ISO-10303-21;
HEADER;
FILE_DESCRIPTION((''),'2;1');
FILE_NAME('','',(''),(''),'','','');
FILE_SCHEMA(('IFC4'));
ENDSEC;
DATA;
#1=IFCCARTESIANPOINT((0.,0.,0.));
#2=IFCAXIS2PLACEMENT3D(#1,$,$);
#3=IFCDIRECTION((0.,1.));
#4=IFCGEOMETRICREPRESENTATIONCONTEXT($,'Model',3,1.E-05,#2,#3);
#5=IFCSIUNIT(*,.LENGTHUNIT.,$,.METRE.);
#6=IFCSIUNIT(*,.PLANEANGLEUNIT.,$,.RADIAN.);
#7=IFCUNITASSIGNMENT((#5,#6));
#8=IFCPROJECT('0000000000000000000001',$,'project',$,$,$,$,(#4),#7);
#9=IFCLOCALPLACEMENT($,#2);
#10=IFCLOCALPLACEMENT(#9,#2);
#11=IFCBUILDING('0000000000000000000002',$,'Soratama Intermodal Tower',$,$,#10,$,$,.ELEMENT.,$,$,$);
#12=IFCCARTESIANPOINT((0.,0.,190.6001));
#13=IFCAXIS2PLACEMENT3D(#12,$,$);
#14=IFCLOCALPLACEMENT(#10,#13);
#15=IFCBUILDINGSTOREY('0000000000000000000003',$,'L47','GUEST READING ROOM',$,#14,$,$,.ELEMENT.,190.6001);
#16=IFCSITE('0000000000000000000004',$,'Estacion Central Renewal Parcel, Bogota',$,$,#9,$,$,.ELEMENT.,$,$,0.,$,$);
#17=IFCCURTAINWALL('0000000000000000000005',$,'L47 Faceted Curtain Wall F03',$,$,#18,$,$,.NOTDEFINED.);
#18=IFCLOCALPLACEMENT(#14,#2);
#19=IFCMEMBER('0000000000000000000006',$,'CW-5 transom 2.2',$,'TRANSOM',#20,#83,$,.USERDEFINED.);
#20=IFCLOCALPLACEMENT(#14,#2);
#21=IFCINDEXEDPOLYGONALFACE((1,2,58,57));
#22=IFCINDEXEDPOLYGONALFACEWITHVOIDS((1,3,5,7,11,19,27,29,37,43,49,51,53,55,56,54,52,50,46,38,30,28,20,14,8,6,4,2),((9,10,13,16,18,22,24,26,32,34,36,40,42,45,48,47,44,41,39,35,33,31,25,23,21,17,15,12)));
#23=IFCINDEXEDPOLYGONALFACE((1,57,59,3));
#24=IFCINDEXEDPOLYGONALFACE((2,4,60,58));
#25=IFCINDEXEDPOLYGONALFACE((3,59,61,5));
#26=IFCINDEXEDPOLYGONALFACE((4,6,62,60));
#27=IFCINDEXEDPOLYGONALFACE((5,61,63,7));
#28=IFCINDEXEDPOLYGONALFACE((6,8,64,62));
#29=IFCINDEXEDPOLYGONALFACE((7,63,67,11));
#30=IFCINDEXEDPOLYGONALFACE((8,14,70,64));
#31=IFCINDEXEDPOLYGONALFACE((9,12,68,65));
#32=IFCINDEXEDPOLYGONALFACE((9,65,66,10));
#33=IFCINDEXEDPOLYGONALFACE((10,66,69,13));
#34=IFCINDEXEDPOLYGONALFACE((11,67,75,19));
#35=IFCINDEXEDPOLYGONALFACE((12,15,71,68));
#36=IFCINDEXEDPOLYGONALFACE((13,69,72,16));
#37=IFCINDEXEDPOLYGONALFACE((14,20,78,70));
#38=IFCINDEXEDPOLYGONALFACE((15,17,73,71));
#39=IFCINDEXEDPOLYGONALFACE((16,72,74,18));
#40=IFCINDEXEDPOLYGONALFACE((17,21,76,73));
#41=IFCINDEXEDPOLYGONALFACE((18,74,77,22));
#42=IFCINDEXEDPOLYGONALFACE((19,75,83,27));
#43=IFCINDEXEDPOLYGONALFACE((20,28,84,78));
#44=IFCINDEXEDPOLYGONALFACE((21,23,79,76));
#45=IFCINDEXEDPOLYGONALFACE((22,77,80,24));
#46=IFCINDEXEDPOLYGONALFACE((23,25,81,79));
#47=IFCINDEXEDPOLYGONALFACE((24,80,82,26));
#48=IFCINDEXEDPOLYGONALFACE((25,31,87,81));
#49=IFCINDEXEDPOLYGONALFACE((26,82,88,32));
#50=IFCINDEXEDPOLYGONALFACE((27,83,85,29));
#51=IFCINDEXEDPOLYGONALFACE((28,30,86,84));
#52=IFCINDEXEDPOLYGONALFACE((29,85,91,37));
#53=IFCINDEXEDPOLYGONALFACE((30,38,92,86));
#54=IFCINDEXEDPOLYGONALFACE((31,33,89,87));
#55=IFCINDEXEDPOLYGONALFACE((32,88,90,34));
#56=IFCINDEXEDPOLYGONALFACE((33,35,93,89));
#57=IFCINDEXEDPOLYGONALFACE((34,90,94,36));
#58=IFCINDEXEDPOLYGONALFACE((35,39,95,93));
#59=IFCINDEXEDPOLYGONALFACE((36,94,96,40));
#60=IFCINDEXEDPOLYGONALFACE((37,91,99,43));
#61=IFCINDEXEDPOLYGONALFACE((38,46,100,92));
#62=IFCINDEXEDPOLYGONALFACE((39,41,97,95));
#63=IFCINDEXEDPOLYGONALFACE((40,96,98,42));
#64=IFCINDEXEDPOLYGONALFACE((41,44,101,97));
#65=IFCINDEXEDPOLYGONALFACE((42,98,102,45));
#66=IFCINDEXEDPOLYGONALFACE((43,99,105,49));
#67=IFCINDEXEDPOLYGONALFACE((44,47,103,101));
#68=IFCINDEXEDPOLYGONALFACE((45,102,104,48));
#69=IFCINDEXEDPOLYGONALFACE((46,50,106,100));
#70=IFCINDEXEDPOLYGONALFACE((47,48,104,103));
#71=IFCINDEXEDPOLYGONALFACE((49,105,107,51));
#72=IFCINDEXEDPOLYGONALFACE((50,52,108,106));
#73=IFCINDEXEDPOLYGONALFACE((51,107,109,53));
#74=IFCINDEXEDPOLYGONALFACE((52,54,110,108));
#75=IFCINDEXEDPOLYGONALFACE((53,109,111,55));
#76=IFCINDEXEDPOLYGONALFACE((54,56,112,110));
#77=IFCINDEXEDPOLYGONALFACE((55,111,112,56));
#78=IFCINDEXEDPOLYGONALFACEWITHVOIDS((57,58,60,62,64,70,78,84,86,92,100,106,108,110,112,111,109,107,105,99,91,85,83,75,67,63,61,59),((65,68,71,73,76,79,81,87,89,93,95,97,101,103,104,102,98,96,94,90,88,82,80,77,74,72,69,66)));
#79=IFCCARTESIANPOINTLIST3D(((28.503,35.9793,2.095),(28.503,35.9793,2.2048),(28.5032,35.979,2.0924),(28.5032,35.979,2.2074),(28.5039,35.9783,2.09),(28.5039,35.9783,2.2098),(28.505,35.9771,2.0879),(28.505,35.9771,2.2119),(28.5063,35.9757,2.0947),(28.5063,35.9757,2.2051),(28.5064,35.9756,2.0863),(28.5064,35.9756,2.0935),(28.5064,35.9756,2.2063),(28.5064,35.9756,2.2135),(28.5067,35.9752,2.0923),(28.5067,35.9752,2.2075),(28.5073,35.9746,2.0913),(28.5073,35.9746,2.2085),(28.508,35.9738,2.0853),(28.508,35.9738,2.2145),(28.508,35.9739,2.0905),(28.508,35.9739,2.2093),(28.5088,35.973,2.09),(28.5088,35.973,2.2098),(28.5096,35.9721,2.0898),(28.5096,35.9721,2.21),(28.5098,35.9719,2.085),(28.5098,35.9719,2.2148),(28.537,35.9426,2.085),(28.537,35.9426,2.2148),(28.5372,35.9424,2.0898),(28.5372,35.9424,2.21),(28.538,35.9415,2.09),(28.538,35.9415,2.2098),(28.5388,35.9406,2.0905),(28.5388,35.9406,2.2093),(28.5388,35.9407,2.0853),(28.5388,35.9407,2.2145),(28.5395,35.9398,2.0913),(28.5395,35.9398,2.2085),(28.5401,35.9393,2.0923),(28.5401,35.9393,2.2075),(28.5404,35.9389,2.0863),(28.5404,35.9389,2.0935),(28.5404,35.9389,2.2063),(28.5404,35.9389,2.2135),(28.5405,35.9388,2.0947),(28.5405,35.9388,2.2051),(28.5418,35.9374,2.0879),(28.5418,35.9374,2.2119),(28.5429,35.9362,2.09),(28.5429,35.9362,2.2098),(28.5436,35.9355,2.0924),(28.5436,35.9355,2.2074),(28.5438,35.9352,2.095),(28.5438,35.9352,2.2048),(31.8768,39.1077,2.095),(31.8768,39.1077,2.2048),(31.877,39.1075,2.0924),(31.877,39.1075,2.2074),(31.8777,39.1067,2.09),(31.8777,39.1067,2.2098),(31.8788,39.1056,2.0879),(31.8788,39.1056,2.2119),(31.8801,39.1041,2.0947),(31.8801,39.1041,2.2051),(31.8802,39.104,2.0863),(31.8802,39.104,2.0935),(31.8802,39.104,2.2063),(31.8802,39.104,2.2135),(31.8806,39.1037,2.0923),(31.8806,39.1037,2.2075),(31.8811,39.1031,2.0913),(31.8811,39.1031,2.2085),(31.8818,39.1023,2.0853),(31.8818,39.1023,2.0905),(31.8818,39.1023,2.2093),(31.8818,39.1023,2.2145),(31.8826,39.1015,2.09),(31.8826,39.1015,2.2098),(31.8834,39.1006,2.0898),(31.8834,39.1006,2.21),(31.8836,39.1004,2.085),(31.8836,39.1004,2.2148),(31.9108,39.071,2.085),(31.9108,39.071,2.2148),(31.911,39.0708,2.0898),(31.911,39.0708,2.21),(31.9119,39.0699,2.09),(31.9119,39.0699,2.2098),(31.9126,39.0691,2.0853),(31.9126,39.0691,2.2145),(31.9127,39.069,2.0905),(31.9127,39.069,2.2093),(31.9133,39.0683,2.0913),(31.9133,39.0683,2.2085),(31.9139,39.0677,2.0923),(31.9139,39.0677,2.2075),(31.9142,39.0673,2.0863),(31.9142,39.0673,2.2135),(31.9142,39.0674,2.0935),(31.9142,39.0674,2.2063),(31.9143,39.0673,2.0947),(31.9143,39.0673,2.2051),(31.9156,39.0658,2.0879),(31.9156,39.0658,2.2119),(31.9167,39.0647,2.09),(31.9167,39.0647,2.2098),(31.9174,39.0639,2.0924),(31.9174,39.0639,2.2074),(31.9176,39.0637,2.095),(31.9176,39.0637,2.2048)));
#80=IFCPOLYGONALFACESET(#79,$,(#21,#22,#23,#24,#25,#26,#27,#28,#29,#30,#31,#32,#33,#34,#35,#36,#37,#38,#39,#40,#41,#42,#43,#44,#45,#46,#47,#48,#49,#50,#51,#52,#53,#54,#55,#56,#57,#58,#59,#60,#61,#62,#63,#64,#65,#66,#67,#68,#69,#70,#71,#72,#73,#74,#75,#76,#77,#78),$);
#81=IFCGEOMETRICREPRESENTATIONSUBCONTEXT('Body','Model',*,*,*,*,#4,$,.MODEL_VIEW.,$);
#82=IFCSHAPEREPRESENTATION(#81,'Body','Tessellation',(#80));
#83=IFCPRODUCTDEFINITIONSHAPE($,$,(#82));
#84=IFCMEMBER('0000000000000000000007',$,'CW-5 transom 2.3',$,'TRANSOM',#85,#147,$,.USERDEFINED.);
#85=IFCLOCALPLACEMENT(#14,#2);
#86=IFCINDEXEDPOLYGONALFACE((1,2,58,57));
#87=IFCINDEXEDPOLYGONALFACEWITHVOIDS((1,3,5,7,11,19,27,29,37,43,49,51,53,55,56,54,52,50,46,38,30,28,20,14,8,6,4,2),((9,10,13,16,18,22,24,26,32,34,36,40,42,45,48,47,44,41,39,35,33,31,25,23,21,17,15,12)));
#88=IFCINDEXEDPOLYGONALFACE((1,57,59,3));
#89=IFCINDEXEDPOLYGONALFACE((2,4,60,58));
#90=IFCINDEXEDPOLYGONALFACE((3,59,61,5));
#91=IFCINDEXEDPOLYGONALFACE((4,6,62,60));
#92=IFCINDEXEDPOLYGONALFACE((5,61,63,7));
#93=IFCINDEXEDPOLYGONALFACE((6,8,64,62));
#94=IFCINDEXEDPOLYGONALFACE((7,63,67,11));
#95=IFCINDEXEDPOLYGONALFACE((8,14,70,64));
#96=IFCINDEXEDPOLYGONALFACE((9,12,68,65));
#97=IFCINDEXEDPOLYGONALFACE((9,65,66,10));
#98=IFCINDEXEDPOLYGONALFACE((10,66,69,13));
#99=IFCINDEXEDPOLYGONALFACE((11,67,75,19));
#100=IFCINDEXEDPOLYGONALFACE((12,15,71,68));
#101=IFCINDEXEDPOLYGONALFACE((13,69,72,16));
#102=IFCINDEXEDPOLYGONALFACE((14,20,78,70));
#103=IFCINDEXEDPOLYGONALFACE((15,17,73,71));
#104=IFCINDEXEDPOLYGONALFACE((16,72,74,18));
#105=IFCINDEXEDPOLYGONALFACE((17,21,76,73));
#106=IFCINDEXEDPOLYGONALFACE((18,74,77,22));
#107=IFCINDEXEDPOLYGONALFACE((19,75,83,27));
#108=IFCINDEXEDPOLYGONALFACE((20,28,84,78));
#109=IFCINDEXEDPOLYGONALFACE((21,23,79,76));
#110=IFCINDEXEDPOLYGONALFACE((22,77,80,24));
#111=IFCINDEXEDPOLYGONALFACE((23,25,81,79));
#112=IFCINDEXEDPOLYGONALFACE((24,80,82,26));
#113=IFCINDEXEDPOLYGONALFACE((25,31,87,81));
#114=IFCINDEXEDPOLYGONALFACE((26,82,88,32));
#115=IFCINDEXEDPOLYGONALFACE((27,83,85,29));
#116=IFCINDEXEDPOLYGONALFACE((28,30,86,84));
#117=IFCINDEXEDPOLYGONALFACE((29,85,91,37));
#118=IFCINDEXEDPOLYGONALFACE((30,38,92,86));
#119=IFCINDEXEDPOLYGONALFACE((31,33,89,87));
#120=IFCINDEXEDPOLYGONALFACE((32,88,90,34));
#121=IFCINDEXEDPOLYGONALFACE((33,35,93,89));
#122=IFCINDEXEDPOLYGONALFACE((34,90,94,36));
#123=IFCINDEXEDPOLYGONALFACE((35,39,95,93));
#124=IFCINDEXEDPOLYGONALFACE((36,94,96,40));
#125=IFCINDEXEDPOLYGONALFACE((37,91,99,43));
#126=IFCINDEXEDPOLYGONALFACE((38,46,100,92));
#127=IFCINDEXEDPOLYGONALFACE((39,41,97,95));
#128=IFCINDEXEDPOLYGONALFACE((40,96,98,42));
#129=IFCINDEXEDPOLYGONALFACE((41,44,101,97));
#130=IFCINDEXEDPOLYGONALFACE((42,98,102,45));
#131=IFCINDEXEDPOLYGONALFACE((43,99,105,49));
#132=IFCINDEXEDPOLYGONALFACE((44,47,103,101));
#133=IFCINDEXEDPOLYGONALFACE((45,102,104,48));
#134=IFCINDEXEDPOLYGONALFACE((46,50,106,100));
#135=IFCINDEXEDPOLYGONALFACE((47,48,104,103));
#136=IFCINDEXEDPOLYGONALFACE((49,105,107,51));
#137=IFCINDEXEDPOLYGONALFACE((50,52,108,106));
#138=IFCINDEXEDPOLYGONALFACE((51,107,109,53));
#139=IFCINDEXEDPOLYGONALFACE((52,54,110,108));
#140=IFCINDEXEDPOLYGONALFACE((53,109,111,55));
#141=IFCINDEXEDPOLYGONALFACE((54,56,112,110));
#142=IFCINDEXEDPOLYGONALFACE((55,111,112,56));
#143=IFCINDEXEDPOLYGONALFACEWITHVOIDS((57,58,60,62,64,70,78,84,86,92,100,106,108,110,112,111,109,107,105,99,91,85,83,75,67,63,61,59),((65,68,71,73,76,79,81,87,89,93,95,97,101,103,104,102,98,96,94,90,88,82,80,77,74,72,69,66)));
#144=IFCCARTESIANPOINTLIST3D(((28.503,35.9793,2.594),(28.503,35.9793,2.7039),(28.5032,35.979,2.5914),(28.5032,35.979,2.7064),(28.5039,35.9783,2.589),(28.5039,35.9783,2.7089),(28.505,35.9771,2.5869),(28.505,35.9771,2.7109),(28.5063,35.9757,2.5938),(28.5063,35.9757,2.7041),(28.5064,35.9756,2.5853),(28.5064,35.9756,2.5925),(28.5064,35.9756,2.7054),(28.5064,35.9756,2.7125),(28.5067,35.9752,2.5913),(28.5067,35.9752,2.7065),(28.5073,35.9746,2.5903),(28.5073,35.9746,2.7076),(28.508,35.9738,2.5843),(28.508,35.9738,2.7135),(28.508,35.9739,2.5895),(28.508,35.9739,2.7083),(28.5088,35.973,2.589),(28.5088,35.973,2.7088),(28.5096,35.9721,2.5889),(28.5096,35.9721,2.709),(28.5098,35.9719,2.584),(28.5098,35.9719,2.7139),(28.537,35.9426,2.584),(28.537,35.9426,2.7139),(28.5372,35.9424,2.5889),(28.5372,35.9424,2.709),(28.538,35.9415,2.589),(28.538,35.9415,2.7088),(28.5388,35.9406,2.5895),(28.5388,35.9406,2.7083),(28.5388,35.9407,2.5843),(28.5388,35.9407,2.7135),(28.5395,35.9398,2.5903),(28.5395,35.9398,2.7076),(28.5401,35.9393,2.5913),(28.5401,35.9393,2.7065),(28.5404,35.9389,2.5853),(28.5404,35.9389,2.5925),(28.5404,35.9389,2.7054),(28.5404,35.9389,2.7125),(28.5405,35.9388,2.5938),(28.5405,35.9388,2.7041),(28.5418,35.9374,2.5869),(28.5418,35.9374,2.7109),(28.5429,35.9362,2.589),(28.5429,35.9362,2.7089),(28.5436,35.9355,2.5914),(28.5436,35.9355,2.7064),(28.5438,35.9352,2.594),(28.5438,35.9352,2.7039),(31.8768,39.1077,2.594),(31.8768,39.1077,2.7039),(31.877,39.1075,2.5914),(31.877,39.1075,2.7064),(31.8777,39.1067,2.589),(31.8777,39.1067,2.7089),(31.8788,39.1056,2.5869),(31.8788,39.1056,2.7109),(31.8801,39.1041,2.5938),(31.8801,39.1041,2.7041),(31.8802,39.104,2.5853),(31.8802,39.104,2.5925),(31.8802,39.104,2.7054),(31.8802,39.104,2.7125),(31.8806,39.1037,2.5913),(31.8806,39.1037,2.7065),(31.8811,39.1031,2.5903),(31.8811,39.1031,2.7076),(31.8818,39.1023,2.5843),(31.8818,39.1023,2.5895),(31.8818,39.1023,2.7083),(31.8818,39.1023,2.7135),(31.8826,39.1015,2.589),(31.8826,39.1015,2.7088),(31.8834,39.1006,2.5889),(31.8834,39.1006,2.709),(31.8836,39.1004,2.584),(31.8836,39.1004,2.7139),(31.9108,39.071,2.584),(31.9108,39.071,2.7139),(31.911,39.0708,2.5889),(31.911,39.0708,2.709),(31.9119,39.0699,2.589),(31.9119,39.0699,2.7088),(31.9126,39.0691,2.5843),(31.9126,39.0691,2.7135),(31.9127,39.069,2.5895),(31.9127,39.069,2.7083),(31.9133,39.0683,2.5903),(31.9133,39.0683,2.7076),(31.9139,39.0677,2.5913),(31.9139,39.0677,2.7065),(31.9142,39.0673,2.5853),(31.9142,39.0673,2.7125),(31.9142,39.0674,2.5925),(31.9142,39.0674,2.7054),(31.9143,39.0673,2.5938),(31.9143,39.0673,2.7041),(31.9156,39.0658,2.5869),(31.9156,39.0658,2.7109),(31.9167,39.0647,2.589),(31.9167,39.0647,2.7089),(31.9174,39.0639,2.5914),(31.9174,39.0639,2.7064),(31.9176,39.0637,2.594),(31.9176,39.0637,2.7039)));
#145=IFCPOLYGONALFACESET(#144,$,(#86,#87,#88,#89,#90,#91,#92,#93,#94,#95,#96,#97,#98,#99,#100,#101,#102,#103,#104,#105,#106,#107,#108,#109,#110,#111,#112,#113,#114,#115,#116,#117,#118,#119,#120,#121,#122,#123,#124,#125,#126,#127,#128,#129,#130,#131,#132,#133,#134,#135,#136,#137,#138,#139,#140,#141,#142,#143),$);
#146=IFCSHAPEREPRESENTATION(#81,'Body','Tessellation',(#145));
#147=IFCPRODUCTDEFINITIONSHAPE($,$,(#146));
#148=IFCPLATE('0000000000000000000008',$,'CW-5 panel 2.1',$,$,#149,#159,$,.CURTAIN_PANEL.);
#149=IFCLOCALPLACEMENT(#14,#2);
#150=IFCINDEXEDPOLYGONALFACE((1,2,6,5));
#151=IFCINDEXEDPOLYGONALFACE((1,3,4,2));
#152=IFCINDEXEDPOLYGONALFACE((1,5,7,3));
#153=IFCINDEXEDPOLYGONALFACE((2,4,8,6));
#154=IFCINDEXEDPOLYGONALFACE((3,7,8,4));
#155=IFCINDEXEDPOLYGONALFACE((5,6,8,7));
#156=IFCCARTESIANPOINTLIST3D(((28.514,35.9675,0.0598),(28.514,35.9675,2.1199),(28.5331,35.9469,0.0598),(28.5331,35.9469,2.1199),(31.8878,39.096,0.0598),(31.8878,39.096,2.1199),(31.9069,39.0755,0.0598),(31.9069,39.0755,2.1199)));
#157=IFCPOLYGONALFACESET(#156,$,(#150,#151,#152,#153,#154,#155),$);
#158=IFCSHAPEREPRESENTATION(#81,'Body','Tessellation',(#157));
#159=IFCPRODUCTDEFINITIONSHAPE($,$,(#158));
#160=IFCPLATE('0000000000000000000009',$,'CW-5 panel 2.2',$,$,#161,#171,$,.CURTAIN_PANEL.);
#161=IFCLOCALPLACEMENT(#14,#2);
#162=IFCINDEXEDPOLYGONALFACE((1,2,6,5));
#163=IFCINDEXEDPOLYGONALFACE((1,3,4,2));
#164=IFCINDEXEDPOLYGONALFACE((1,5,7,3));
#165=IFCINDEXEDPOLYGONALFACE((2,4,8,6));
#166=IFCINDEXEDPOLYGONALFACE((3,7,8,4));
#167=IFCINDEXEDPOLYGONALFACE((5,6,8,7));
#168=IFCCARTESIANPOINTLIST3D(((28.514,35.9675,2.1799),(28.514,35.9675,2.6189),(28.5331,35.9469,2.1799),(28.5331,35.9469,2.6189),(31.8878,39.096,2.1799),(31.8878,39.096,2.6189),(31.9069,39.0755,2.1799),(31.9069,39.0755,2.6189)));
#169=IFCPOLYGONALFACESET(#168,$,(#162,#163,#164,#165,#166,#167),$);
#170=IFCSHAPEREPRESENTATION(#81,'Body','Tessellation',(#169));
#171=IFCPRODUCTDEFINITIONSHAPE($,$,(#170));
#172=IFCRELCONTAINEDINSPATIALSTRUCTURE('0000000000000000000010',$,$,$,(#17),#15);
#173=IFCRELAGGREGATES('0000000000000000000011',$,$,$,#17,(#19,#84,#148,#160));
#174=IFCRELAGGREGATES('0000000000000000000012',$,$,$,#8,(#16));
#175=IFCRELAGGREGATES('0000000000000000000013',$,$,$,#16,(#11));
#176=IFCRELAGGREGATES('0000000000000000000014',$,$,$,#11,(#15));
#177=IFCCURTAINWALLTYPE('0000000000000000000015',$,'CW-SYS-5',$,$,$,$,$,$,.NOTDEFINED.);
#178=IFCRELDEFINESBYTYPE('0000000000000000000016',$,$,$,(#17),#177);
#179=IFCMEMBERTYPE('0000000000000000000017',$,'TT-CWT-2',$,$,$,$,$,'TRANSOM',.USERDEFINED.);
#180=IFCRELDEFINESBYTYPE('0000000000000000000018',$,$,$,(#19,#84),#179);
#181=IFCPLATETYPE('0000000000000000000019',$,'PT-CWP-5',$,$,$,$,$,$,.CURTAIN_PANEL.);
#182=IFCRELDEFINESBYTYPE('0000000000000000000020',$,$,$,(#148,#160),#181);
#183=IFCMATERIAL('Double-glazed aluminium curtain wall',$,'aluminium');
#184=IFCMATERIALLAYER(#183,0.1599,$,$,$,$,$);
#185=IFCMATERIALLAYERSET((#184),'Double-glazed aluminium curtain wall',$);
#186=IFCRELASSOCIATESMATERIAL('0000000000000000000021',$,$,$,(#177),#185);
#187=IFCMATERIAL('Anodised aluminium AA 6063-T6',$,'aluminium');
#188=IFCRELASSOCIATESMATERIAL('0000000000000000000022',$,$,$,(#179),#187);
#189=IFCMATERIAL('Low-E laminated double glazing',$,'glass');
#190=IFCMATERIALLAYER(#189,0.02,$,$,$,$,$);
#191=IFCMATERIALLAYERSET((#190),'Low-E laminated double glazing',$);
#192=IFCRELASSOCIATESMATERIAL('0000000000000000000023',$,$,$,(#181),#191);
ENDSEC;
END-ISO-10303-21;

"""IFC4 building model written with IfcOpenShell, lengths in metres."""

from ifc_helpers import new_model, si_unit, direction, frame, origin, origin_2d, place, context, subcontext, project, spatial, rectangle, hollow_rectangle, extrude, material, layer, layer_set, material_profile, profile_set, type_object, element, aggregate, save


model = new_model("IFC4")

# Units and contexts
model_context = context("Model", 3, precision=1e-05, world=origin(), true_north=direction((0.0, 1.0)))
body_context = subcontext(model_context, "Body", "Model", "MODEL_VIEW")
ifc_project = project(units=[si_unit("LENGTHUNIT", "METRE"), si_unit("PLANEANGLEUNIT", "RADIAN")], contexts=[model_context])

# Site, building, storey
site_placement = place(None, origin())
site = spatial("IfcSite", under=ifc_project, at=site_placement, Name="Estacion Central Renewal Parcel, Bogota", CompositionType="ELEMENT", RefElevation=0.0)
building_placement = place(site_placement, origin())
building = spatial("IfcBuilding", under=site, at=building_placement, Name="Soratama Intermodal Tower", CompositionType="ELEMENT")
storey_placement = place(building_placement, frame((0.0, 0.0, 190.6001)))
storey = spatial("IfcBuildingStorey", under=building, at=storey_placement, Name="L47", Description="GUEST READING ROOM", CompositionType="ELEMENT", Elevation=190.6001)

# Curtain wall, members, plates
ifc_material_1 = material(Name="Double-glazed aluminium curtain wall", Category="aluminium")
ifc_layer_1 = layer(ifc_material_1, 0.1599)
ifc_layer_set_1 = layer_set([ifc_layer_1], Name="Double-glazed aluminium curtain wall")
curtain_wall_type = type_object("IfcCurtainWallType", Name="CW-SYS-5", PredefinedType="NOTDEFINED", material=ifc_layer_set_1)
curtain_wall_placement = place(storey_placement, origin())
curtain_wall = element("IfcCurtainWall", 1, at=curtain_wall_placement, inside=storey, type_object=curtain_wall_type, Name="L47 Faceted Curtain Wall F03", PredefinedType="NOTDEFINED")
ifc_material_2 = material(Name="Anodised aluminium AA 6063-T6", Category="aluminium")
ifc_material_profile_1 = material_profile(ifc_material_2, hollow_rectangle(XDim=0.0601, YDim=0.1299, WallThickness=0.0049, InnerFilletRadius=0.0049, OuterFilletRadius=0.01, at=origin_2d()), Name="CWT130X60X5")
ifc_profile_set_1 = profile_set([ifc_material_profile_1], Name="Anodised aluminium AA 6063-T6")
member_type_1 = type_object("IfcMemberType", Name="TT-CWT-2", ElementType="TRANSOM", PredefinedType="USERDEFINED", material=ifc_profile_set_1)
member_1_placement = place(storey_placement, frame((31.8972, 39.0857, 2.1499), z_axis=(-0.733268, -0.67994, 0.0), x_axis=(0.67994, -0.733268, 0.0)))
member_1 = element("IfcMember", 2, at=member_1_placement, type_object=member_type_1, Name="CW-5 transom 2.2", ObjectType="TRANSOM", PredefinedType="USERDEFINED", context=body_context, shape_type="SweptSolid", body=[
    extrude(hollow_rectangle(XDim=0.0601, YDim=0.1299, WallThickness=0.0049, InnerFilletRadius=0.0049, OuterFilletRadius=0.01, at=origin_2d()), origin(), (0.0, 0.0, 1.0), 4.6011),
])
member_2_placement = place(storey_placement, frame((31.8972, 39.0857, 2.6489), z_axis=(-0.733268, -0.67994, 0.0), x_axis=(0.67994, -0.733268, 0.0)))
member_2 = element("IfcMember", 3, at=member_2_placement, type_object=member_type_1, Name="CW-5 transom 2.3", ObjectType="TRANSOM", PredefinedType="USERDEFINED", context=body_context, shape_type="SweptSolid", body=[
    extrude(hollow_rectangle(XDim=0.0601, YDim=0.1299, WallThickness=0.0049, InnerFilletRadius=0.0049, OuterFilletRadius=0.01, at=origin_2d()), origin(), (0.0, 0.0, 1.0), 4.6011),
])
ifc_material_3 = material(Name="Low-E laminated double glazing", Category="glass")
ifc_layer_2 = layer(ifc_material_3, 0.02)
ifc_layer_set_2 = layer_set([ifc_layer_2], Name="Low-E laminated double glazing")
plate_type = type_object("IfcPlateType", Name="PT-CWP-5", PredefinedType="CURTAIN_PANEL", material=ifc_layer_set_2)
plate_1_placement = place(storey_placement, frame((30.2104, 37.5215, 0.0598), z_axis=(0.0, 0.0, 1.0), x_axis=(-0.733251, -0.679958, 0.0)))
plate_1 = element("IfcPlate", 4, at=plate_1_placement, type_object=plate_type, Name="CW-5 panel 2.1", PredefinedType="CURTAIN_PANEL", context=body_context, shape_type="SweptSolid", body=[
    extrude(rectangle(XDim=4.6011, YDim=0.0281, at=origin_2d()), origin(), (0.0, 0.0, 1.0), 2.0601),
])
plate_2_placement = place(storey_placement, frame((30.2104, 37.5215, 2.1799), z_axis=(0.0, 0.0, 1.0), x_axis=(-0.733251, -0.679958, 0.0)))
plate_2 = element("IfcPlate", 5, at=plate_2_placement, type_object=plate_type, Name="CW-5 panel 2.2", PredefinedType="CURTAIN_PANEL", context=body_context, shape_type="SweptSolid", body=[
    extrude(rectangle(XDim=4.6011, YDim=0.0281, at=origin_2d()), origin(), (0.0, 0.0, 1.0), 0.439),
])
aggregate(curtain_wall, [member_1, member_2, plate_1, plate_2])

save(model, "model.ifc")
